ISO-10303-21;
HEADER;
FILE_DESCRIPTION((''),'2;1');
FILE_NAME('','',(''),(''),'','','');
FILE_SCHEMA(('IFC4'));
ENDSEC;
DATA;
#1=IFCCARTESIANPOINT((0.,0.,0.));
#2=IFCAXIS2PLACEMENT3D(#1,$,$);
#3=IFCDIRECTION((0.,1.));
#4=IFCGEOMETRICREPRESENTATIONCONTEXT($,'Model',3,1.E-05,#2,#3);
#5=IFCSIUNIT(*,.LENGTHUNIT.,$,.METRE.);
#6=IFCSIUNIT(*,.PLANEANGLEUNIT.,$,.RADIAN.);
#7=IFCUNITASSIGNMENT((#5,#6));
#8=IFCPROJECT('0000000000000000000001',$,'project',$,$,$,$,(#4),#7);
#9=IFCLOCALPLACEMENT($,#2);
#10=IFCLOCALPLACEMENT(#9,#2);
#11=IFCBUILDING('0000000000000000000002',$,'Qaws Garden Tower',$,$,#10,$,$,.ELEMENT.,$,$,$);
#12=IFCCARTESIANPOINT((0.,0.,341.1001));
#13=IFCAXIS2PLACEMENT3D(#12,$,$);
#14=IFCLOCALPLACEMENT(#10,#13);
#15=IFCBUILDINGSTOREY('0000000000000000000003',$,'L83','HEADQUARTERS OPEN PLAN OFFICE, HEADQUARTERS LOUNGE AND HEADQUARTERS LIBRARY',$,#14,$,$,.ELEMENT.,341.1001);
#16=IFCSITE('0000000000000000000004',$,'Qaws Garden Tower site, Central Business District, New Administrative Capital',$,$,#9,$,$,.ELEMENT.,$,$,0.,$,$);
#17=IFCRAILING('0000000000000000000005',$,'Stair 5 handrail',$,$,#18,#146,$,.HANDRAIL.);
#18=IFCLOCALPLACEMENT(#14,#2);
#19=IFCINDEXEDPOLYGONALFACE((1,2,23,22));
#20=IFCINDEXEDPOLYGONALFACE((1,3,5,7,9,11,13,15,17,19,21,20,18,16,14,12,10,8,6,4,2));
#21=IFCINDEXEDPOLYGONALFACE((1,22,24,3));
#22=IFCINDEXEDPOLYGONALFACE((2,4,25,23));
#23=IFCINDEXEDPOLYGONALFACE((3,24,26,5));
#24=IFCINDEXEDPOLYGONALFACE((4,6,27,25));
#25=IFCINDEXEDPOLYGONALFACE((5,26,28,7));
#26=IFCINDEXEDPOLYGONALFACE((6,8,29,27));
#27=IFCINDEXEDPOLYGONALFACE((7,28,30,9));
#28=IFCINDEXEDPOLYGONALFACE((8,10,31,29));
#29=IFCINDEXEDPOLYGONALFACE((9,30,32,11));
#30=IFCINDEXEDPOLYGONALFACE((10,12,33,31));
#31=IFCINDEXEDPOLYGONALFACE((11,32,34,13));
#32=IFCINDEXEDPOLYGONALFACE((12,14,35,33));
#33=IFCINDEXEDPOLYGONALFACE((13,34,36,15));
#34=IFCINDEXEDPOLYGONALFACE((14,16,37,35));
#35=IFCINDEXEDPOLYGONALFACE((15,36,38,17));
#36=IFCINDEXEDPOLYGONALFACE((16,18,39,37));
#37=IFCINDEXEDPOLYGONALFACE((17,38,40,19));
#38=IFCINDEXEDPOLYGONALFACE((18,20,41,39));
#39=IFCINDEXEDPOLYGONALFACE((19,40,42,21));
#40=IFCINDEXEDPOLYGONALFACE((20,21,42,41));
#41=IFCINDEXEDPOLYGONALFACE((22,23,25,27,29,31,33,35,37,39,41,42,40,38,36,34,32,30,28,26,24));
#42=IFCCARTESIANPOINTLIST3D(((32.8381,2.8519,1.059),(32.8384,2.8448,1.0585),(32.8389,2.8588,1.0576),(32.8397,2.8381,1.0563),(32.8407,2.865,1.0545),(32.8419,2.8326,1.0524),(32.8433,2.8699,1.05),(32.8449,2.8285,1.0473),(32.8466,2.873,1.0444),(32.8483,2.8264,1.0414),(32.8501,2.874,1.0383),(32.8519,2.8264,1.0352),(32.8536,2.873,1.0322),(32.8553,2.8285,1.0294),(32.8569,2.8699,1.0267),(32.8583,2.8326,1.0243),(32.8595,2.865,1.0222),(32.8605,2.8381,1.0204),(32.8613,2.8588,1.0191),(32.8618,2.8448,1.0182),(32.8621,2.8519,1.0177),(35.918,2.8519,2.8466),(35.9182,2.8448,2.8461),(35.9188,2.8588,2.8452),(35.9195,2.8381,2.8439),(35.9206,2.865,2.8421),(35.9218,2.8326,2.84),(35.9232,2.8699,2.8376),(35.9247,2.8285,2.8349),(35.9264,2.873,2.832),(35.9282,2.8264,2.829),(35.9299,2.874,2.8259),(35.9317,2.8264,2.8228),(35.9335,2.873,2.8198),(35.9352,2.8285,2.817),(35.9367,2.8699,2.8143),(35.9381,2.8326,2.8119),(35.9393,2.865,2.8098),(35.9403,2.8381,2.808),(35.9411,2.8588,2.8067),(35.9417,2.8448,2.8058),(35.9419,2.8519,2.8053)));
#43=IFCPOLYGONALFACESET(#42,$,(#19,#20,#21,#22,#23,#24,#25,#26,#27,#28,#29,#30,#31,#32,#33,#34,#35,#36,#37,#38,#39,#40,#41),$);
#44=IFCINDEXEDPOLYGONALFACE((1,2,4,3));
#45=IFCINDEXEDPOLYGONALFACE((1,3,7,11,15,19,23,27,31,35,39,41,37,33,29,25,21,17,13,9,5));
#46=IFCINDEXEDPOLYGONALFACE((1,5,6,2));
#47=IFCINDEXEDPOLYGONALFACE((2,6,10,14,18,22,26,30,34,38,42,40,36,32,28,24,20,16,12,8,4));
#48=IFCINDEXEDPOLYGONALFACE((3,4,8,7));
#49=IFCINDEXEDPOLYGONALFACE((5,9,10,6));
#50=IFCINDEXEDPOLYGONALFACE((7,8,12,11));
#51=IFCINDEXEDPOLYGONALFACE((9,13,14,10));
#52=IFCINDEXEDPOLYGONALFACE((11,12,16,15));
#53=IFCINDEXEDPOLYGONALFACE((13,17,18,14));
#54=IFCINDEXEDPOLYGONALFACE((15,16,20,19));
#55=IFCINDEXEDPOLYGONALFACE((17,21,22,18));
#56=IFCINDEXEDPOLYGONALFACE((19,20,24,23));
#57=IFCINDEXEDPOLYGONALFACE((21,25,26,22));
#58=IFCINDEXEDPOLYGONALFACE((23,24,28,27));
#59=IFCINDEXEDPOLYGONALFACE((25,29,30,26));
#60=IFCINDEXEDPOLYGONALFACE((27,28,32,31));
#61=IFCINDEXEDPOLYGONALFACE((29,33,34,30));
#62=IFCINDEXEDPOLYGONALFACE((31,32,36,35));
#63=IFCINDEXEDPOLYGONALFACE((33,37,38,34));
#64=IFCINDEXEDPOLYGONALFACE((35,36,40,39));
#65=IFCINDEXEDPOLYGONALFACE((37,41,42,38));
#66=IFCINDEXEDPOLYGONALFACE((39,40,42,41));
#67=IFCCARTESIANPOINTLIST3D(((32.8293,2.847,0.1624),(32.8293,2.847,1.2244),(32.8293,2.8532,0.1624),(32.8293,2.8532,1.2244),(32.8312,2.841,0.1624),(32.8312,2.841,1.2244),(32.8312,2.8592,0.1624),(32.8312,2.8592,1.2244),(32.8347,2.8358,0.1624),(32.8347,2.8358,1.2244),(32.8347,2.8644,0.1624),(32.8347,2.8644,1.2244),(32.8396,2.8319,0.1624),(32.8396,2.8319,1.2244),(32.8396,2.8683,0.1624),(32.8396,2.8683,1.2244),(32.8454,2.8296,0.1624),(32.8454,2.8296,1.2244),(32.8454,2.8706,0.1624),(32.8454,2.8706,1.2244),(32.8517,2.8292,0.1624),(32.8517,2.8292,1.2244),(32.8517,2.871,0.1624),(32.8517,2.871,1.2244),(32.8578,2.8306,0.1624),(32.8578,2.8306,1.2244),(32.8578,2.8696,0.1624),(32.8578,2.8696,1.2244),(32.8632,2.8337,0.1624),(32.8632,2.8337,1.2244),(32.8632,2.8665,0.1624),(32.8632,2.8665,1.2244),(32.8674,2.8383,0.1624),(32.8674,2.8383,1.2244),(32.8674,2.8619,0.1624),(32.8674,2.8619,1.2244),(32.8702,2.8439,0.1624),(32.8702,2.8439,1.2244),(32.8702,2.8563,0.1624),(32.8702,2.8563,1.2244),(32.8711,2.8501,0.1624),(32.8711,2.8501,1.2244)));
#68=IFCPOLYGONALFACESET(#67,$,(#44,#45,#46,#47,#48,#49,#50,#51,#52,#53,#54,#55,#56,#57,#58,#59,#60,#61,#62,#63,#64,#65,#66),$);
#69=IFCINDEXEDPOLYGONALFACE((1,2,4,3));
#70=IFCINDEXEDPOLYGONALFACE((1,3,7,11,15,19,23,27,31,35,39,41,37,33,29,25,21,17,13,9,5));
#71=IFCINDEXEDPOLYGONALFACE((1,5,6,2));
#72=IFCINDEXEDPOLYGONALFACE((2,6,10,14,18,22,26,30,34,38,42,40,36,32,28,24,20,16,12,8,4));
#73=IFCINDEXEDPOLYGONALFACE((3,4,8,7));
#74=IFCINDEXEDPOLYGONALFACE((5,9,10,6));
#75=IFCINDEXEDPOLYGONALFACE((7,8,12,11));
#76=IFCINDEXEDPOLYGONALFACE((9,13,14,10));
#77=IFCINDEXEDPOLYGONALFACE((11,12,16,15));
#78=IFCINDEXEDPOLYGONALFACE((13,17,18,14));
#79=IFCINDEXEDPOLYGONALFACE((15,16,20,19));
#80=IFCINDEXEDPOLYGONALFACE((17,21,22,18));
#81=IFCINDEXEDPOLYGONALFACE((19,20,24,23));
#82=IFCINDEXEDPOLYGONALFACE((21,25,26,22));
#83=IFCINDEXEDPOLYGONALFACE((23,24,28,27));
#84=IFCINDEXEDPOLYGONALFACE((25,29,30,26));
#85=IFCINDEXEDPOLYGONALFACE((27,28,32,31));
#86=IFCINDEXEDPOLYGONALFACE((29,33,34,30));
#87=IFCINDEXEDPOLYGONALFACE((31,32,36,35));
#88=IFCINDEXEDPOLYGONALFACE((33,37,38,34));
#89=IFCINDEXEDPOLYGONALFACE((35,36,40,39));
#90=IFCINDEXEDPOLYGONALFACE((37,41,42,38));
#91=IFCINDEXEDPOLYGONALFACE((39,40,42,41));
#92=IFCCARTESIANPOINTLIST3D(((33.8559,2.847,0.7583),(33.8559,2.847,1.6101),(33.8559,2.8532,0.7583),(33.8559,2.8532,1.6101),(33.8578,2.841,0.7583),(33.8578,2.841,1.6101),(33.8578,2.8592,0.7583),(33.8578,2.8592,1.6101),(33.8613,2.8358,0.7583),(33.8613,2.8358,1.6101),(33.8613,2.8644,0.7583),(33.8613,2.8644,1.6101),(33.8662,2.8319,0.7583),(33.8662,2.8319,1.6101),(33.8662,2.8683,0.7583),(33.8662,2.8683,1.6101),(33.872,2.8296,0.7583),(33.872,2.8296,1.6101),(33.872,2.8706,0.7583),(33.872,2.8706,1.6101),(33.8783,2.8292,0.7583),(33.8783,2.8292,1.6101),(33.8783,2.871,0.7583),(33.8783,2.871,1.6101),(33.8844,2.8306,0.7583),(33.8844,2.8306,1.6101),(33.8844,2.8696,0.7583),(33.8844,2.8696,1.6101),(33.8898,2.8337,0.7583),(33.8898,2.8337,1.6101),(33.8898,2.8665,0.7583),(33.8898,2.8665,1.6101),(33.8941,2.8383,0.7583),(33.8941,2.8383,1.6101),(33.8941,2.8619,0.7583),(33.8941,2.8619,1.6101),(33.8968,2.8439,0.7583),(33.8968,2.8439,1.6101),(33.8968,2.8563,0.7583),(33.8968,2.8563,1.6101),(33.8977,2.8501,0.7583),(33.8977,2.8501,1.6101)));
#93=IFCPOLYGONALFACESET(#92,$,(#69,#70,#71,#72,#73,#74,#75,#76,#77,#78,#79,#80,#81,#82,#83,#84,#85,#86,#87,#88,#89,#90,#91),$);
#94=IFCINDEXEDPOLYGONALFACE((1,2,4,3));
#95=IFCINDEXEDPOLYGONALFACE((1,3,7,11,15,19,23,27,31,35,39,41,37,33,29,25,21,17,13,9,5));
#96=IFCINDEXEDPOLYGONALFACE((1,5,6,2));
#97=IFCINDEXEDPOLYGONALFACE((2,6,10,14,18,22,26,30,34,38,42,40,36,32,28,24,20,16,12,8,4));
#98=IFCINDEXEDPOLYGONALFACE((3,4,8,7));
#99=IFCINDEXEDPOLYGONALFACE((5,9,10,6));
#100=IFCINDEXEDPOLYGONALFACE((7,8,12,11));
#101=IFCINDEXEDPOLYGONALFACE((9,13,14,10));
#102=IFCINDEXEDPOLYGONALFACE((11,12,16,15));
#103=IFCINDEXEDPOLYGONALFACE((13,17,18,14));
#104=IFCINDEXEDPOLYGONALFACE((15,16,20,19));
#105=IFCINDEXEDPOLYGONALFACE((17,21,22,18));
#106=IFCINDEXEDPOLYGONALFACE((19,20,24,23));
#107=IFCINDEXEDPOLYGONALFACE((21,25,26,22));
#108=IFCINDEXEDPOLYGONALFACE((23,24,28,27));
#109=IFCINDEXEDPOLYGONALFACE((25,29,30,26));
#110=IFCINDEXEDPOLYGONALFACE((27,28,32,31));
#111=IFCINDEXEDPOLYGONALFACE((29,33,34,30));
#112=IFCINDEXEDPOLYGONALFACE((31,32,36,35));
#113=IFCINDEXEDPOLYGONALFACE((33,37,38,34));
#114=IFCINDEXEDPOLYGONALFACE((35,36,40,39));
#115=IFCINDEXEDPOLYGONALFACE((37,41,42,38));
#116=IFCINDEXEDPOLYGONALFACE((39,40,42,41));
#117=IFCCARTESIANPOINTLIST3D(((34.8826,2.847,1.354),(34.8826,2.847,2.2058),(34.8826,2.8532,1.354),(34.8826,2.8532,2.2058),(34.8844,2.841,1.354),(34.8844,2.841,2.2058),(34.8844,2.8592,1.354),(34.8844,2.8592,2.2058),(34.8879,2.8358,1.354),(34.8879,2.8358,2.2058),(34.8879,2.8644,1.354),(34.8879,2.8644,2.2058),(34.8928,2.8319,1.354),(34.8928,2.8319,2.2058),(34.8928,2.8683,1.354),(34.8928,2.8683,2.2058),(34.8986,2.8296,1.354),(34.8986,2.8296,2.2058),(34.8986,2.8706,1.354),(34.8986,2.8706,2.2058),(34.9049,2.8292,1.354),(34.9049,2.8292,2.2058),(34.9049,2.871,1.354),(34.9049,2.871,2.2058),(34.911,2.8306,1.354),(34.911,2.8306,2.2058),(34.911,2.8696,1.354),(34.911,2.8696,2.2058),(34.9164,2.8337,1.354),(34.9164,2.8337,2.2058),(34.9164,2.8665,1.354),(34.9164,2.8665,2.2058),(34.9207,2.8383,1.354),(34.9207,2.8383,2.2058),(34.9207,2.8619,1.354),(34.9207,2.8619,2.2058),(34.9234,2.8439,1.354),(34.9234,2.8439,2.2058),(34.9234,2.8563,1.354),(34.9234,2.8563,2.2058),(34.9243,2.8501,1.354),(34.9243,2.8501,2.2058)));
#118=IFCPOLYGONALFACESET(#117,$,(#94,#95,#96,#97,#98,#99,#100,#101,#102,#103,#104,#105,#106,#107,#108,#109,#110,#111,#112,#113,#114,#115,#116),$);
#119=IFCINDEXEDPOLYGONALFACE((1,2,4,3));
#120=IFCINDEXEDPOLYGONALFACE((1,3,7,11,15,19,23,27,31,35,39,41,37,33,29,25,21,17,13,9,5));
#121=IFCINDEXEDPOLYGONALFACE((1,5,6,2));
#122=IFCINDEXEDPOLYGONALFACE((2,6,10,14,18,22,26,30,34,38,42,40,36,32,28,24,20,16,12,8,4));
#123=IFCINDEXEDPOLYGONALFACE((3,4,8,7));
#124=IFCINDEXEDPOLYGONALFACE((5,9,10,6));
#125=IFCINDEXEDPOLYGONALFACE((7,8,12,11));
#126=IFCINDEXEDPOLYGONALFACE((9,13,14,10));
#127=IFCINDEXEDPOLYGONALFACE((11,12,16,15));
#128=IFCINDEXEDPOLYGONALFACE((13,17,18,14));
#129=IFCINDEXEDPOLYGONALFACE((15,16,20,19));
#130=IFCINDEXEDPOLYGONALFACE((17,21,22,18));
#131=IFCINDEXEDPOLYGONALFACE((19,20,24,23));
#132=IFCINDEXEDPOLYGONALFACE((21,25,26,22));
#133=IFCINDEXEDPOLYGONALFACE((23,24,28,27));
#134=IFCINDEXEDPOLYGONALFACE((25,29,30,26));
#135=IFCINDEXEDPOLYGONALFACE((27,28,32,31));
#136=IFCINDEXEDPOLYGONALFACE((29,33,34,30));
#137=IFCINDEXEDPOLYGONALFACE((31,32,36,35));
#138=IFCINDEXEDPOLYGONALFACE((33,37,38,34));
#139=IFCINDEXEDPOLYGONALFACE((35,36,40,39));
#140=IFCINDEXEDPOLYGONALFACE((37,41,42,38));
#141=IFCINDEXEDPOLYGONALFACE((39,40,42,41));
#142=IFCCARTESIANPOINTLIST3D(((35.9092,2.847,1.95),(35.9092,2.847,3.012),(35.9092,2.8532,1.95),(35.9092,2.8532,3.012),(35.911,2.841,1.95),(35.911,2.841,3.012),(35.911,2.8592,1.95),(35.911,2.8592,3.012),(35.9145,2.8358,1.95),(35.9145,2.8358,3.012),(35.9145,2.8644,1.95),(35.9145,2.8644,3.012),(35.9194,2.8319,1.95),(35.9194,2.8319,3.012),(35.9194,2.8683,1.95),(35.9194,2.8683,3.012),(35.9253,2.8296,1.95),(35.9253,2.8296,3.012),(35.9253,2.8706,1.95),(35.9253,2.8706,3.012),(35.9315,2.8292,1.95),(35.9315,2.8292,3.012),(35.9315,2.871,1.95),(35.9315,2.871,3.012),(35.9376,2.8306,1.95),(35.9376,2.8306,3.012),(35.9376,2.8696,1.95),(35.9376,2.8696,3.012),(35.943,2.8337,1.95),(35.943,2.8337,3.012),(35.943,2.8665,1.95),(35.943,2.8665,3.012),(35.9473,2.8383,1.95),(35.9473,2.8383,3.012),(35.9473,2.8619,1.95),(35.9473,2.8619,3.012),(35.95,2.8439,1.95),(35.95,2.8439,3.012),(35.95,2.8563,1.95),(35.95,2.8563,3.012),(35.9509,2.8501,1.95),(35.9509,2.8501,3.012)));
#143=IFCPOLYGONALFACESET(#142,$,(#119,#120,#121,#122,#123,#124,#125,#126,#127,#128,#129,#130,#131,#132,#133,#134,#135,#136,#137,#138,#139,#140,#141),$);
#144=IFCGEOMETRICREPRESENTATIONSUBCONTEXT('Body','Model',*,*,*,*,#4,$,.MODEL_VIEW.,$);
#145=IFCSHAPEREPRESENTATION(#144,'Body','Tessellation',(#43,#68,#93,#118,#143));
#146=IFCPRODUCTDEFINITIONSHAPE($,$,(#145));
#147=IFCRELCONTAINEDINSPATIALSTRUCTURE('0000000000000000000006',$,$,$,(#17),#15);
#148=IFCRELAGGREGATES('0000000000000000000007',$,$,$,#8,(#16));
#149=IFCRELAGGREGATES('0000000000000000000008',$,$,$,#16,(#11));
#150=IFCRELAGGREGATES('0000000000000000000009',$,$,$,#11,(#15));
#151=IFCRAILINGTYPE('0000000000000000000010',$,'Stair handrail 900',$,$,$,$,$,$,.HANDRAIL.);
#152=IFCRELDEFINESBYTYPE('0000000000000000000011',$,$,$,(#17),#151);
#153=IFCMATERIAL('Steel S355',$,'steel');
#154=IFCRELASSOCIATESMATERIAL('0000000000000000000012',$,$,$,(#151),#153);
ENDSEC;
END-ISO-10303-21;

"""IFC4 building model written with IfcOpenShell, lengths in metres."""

from ifc_helpers import new_model, si_unit, direction, frame, origin, origin_2d, place, context, subcontext, project, spatial, circle, extrude, material, type_object, element, save


model = new_model("IFC4")

# Units and contexts
model_context = context("Model", 3, precision=1e-05, world=origin(), true_north=direction((0.0, 1.0)))
body_context = subcontext(model_context, "Body", "Model", "MODEL_VIEW")
ifc_project = project(units=[si_unit("LENGTHUNIT", "METRE"), si_unit("PLANEANGLEUNIT", "RADIAN")], contexts=[model_context])

# Site, building, storey
site_placement = place(None, origin())
site = spatial("IfcSite", under=ifc_project, at=site_placement, Name="Qaws Garden Tower site, Central Business District, New Administrative Capital", CompositionType="ELEMENT", RefElevation=0.0)
building_placement = place(site_placement, origin())
building = spatial("IfcBuilding", under=site, at=building_placement, Name="Qaws Garden Tower", CompositionType="ELEMENT")
storey_placement = place(building_placement, frame((0.0, 0.0, 341.1001)))
storey = spatial("IfcBuildingStorey", under=building, at=storey_placement, Name="L83", Description="HEADQUARTERS OPEN PLAN OFFICE, HEADQUARTERS LOUNGE AND HEADQUARTERS LIBRARY", CompositionType="ELEMENT", Elevation=341.1001)

# Railing
ifc_material_1 = material(Name="Steel S355", Category="steel")
railing_type = type_object("IfcRailingType", Name="Stair handrail 900", PredefinedType="HANDRAIL", material=ifc_material_1)
railing_1_placement = place(storey_placement, frame((32.8501, 2.8501, 0.1624)))
element("IfcRailing", 1, at=railing_1_placement, inside=storey, type_object=railing_type, Name="Stair 5 handrail", PredefinedType="HANDRAIL", context=body_context, shape_type="SweptSolid", body=[
    extrude(circle(Radius=0.0239, at=origin_2d()), frame((0.0, 0.0, 0.876), z_axis=(0.864873, 0.0, 0.50199), x_axis=(0.0, 1.0, 0.0)), (0.0, 0.0, 1.0), 3.561),
    extrude(circle(Radius=0.021, at=origin_2d()), origin(), (0.0, 0.0, 1.0), 1.062),
    extrude(circle(Radius=0.021, at=origin_2d()), frame((1.0266, 0.0, 0.5959)), (0.0, 0.0, 1.0), 0.8518),
    extrude(circle(Radius=0.021, at=origin_2d()), frame((2.0532, 0.0, 1.1917)), (0.0, 0.0, 1.0), 0.8518),
    extrude(circle(Radius=0.021, at=origin_2d()), frame((3.0798, 0.0, 1.7876)), (0.0, 0.0, 1.0), 1.062),
])

save(model, "model.ifc")
